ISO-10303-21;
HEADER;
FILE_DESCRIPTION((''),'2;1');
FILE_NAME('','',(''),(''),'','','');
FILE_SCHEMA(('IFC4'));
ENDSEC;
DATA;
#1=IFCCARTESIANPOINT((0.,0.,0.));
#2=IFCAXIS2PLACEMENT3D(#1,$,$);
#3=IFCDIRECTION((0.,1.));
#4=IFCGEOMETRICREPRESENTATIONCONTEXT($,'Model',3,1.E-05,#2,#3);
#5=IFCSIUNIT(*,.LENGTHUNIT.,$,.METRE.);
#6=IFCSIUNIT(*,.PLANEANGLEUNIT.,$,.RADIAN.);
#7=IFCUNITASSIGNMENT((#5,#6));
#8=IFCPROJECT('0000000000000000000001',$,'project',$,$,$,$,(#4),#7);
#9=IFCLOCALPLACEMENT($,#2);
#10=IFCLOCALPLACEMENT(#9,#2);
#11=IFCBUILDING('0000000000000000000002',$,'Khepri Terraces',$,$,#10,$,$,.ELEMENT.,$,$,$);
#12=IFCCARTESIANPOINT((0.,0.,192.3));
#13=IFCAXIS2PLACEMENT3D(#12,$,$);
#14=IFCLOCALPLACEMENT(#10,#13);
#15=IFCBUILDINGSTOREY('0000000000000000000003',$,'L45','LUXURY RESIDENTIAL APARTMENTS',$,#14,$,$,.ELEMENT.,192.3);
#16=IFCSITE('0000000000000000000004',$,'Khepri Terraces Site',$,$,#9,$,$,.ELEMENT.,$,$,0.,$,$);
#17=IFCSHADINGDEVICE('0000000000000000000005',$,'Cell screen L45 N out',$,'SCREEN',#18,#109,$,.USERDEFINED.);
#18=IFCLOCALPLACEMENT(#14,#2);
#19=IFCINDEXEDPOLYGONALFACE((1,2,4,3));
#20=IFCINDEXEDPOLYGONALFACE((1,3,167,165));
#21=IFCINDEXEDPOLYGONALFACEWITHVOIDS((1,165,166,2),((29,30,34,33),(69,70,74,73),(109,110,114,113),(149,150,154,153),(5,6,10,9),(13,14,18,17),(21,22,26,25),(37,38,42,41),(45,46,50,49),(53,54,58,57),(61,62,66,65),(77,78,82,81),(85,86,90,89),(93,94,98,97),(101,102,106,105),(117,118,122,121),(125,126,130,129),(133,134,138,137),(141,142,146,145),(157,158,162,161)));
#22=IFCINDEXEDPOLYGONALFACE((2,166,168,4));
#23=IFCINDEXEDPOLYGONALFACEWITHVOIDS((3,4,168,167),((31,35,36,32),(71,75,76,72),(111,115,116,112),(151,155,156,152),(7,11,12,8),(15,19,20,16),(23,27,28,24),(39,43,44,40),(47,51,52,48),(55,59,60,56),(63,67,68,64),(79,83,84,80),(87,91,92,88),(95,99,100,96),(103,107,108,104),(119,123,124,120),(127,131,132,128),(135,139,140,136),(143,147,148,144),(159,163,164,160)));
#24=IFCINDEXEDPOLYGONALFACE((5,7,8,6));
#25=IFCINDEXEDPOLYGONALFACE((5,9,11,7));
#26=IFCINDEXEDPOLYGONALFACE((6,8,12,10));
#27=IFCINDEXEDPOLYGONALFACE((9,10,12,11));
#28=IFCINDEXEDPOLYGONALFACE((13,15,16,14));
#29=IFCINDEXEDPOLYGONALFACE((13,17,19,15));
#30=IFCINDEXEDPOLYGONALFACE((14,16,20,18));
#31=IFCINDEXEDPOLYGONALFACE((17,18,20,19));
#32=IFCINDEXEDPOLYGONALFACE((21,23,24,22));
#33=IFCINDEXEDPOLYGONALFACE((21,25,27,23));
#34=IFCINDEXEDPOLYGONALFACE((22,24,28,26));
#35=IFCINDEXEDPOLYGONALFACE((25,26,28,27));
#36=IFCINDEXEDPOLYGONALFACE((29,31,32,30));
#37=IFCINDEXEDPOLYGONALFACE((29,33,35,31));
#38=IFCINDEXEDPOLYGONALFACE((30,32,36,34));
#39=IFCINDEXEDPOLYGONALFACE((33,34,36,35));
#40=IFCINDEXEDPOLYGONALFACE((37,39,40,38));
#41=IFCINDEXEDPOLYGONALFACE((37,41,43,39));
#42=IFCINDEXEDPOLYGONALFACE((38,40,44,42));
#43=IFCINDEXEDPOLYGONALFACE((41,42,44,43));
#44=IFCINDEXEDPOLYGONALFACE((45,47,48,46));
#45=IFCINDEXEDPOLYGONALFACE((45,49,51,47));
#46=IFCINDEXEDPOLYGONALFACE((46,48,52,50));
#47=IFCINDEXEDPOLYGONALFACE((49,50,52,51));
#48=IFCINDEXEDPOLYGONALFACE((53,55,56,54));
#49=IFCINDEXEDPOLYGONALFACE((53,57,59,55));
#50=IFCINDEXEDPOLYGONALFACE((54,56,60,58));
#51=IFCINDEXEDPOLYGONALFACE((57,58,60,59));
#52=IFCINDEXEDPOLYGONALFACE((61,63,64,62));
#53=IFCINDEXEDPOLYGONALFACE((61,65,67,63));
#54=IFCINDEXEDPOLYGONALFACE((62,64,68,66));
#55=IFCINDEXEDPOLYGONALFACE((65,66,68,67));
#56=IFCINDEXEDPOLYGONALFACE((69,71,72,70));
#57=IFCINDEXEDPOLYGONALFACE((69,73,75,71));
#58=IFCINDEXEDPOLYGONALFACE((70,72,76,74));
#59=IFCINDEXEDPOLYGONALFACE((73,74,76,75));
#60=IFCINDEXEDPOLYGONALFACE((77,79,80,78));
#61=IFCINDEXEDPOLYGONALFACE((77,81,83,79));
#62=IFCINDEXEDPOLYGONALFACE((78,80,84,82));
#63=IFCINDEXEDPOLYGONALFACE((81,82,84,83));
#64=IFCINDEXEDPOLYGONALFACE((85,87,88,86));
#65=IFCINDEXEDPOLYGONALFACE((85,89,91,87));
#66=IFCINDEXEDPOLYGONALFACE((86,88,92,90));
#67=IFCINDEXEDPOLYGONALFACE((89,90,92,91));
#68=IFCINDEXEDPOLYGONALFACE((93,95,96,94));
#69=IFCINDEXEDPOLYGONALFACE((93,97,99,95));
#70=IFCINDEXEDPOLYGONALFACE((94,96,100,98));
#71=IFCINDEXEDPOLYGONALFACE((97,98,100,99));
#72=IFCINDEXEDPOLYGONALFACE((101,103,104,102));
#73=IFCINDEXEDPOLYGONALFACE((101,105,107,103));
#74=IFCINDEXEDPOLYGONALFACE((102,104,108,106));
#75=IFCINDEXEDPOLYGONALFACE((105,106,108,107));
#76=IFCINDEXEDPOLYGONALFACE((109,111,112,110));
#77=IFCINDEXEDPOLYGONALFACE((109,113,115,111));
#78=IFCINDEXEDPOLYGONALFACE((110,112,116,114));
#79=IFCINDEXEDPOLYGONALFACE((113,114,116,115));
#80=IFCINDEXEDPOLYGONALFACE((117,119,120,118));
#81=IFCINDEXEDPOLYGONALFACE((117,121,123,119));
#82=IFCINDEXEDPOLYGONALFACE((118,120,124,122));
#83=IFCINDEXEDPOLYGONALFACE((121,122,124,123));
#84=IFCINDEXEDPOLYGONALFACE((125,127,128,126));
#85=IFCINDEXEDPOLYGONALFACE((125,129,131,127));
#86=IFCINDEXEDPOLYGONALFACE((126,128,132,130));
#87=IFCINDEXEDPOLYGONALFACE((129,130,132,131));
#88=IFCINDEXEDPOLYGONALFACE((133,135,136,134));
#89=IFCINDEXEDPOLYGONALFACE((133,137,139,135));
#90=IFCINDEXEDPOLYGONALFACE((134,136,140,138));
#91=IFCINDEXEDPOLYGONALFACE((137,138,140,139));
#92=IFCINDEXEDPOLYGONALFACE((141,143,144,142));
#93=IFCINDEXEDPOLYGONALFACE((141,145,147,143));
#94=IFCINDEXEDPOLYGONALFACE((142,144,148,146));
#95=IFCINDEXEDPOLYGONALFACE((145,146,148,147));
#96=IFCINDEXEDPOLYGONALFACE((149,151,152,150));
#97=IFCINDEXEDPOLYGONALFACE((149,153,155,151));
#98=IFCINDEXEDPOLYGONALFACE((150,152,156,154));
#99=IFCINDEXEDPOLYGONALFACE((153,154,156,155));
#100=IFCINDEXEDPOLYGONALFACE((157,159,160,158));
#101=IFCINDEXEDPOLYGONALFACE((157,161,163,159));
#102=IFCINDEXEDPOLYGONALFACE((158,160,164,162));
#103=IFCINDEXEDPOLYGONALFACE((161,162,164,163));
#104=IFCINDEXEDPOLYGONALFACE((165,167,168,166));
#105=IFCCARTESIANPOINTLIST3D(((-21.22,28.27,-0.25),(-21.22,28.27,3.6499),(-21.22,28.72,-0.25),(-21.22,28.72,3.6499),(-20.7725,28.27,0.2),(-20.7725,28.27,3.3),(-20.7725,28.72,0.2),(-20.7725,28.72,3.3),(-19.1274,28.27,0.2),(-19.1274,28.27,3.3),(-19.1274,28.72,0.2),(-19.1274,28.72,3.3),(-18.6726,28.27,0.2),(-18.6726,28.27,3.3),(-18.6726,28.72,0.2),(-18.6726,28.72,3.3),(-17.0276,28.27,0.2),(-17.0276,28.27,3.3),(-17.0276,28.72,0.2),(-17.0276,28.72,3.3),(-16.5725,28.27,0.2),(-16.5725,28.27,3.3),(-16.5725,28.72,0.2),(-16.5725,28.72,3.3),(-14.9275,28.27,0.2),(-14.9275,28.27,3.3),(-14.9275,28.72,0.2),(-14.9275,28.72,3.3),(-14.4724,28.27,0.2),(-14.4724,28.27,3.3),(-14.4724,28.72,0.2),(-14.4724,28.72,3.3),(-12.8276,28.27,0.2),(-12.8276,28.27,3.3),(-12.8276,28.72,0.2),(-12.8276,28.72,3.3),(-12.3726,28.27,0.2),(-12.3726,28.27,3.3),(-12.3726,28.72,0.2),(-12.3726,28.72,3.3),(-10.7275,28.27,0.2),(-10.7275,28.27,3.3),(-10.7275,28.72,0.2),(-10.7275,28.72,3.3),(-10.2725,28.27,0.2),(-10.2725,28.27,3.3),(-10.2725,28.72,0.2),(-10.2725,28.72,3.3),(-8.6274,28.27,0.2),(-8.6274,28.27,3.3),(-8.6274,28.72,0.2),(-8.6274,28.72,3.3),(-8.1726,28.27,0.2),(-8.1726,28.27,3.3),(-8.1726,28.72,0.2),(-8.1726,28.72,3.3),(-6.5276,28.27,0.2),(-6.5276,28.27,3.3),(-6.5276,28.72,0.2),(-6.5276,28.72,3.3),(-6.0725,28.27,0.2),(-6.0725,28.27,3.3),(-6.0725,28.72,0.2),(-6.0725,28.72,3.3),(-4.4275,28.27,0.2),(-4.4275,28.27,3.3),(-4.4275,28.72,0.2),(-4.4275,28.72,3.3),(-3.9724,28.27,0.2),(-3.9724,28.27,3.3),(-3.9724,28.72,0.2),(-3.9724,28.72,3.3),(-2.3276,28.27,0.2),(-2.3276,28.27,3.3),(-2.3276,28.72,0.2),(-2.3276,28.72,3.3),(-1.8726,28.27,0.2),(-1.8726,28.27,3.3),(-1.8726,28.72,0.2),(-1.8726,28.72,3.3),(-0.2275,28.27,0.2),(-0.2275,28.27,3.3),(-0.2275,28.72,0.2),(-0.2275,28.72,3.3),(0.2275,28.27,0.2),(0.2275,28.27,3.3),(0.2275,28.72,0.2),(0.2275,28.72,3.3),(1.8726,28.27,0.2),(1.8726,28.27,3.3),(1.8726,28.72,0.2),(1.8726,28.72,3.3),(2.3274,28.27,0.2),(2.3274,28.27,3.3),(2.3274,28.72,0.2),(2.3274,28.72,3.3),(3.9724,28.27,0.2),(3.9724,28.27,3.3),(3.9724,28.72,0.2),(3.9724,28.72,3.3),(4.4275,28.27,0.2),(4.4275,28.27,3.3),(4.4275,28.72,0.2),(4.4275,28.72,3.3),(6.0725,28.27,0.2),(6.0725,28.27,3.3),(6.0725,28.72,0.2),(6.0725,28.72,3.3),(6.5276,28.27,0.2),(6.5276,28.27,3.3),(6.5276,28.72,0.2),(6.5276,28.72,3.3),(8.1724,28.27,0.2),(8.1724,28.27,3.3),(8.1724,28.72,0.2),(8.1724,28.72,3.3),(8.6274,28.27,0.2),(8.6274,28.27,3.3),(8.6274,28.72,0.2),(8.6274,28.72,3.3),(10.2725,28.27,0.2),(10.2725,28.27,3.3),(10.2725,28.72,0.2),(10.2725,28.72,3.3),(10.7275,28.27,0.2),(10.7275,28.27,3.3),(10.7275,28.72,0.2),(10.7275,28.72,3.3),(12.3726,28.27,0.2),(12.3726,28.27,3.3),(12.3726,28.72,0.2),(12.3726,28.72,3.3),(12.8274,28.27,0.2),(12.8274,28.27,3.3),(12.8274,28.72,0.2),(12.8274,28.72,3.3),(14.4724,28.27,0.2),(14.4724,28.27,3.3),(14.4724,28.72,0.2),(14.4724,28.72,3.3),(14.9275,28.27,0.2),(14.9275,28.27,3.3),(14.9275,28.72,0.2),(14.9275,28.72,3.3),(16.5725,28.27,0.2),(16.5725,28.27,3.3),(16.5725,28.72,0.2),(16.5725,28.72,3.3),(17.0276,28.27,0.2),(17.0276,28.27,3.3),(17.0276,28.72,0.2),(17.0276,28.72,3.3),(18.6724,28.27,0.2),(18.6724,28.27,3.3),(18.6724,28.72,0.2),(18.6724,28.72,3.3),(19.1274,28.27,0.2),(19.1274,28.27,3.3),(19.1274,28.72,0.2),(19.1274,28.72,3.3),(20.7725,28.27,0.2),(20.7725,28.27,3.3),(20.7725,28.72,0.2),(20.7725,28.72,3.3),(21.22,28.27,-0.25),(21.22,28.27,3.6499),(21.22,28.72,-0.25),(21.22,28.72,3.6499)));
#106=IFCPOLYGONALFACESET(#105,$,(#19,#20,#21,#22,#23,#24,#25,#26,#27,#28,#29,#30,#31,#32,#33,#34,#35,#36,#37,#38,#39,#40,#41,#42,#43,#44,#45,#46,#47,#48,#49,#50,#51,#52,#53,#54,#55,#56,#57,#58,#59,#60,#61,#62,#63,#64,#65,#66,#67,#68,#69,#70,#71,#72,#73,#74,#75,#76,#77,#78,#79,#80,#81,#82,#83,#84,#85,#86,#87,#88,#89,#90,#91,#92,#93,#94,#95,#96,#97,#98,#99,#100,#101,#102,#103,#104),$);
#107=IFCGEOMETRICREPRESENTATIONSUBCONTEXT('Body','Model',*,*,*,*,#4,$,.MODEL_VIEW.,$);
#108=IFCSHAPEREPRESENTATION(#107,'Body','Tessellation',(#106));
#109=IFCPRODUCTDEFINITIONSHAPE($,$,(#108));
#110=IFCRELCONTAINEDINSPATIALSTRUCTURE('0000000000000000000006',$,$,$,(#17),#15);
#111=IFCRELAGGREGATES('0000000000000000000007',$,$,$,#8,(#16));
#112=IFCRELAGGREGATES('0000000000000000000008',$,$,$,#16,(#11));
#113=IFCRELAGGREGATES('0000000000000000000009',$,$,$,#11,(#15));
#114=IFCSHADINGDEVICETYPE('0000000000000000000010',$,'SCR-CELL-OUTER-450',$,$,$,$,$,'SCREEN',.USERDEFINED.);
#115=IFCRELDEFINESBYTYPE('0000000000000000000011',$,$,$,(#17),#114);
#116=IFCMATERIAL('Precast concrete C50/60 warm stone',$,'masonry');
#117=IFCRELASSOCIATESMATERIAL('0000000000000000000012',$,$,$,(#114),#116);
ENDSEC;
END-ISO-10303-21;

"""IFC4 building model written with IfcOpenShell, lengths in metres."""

from ifc_helpers import new_model, si_unit, direction, frame, origin, place, context, subcontext, project, spatial, polyline, outline, extrude, material, type_object, element, save


model = new_model("IFC4")

# Units and contexts
model_context = context("Model", 3, precision=1e-05, world=origin(), true_north=direction((0.0, 1.0)))
body_context = subcontext(model_context, "Body", "Model", "MODEL_VIEW")
ifc_project = project(units=[si_unit("LENGTHUNIT", "METRE"), si_unit("PLANEANGLEUNIT", "RADIAN")], contexts=[model_context])

# Site, building, storey
site_placement = place(None, origin())
site = spatial("IfcSite", under=ifc_project, at=site_placement, Name="Khepri Terraces Site", CompositionType="ELEMENT", RefElevation=0.0)
building_placement = place(site_placement, origin())
building = spatial("IfcBuilding", under=site, at=building_placement, Name="Khepri Terraces", CompositionType="ELEMENT")
storey_placement = place(building_placement, frame((0.0, 0.0, 192.3)))
storey = spatial("IfcBuildingStorey", under=building, at=storey_placement, Name="L45", Description="LUXURY RESIDENTIAL APARTMENTS", CompositionType="ELEMENT", Elevation=192.3)

# Shared definitions
ifc_material_1 = material(Name="Precast concrete C50/60 warm stone", Category="masonry")

# Shading device
shading_device_type_1 = type_object("IfcShadingDeviceType", Name="SCR-CELL-OUTER-450", ElementType="SCREEN", PredefinedType="USERDEFINED", material=ifc_material_1)
shading_device_1_placement = place(storey_placement, frame((21.22, 28.27, -0.25), z_axis=(0.0, 1.0, 0.0), x_axis=(-1.0, 0.0, 0.0)))
element("IfcShadingDevice", 1, at=shading_device_1_placement, inside=storey, type_object=shading_device_type_1, Name="Cell screen L45 N out", ObjectType="SCREEN", PredefinedType="USERDEFINED", context=body_context, shape_type="SweptSolid", body=[
    extrude(outline(polyline([(0.0, 0.0), (42.4399, 0.0), (42.4399, 3.8999), (0.0, 3.8999), (0.0, 0.0)]), holes=[polyline([(0.4475, 0.45), (2.0925, 0.45), (2.0925, 3.55), (0.4475, 3.55), (0.4475, 0.45)]), polyline([(2.5476, 0.45), (4.1924, 0.45), (4.1924, 3.55), (2.5476, 3.55), (2.5476, 0.45)]), polyline([(4.6475, 0.45), (6.2925, 0.45), (6.2925, 3.55), (4.6475, 3.55), (4.6475, 0.45)]), polyline([(6.7476, 0.45), (8.3926, 0.45), (8.3926, 3.55), (6.7476, 3.55), (6.7476, 0.45)]), polyline([(8.8474, 0.45), (10.4924, 0.45), (10.4924, 3.55), (8.8474, 3.55), (8.8474, 0.45)]), polyline([(10.9475, 0.45), (12.5925, 0.45), (12.5925, 3.55), (10.9475, 3.55), (10.9475, 0.45)]), polyline([(13.0476, 0.45), (14.6924, 0.45), (14.6924, 3.55), (13.0476, 3.55), (13.0476, 0.45)]), polyline([(15.1475, 0.45), (16.7925, 0.45), (16.7925, 3.55), (15.1475, 3.55), (15.1475, 0.45)]), polyline([(17.2476, 0.45), (18.8926, 0.45), (18.8926, 3.55), (17.2476, 3.55), (17.2476, 0.45)]), polyline([(19.3474, 0.45), (20.9924, 0.45), (20.9924, 3.55), (19.3474, 3.55), (19.3474, 0.45)]), polyline([(21.4475, 0.45), (23.0925, 0.45), (23.0925, 3.55), (21.4475, 3.55), (21.4475, 0.45)]), polyline([(23.5476, 0.45), (25.1924, 0.45), (25.1924, 3.55), (23.5476, 3.55), (23.5476, 0.45)]), polyline([(25.6475, 0.45), (27.2925, 0.45), (27.2925, 3.55), (25.6475, 3.55), (25.6475, 0.45)]), polyline([(27.7476, 0.45), (29.3926, 0.45), (29.3926, 3.55), (27.7476, 3.55), (27.7476, 0.45)]), polyline([(29.8474, 0.45), (31.4924, 0.45), (31.4924, 3.55), (29.8474, 3.55), (29.8474, 0.45)]), polyline([(31.9475, 0.45), (33.5925, 0.45), (33.5925, 3.55), (31.9475, 3.55), (31.9475, 0.45)]), polyline([(34.0476, 0.45), (35.6924, 0.45), (35.6924, 3.55), (34.0476, 3.55), (34.0476, 0.45)]), polyline([(36.1475, 0.45), (37.7925, 0.45), (37.7925, 3.55), (36.1475, 3.55), (36.1475, 0.45)]), polyline([(38.2476, 0.45), (39.8926, 0.45), (39.8926, 3.55), (38.2476, 3.55), (38.2476, 0.45)]), polyline([(40.3474, 0.45), (41.9924, 0.45), (41.9924, 3.55), (40.3474, 3.55), (40.3474, 0.45)])]), origin(), (0.0, 0.0, 1.0), 0.45),
])

save(model, "model.ifc")
